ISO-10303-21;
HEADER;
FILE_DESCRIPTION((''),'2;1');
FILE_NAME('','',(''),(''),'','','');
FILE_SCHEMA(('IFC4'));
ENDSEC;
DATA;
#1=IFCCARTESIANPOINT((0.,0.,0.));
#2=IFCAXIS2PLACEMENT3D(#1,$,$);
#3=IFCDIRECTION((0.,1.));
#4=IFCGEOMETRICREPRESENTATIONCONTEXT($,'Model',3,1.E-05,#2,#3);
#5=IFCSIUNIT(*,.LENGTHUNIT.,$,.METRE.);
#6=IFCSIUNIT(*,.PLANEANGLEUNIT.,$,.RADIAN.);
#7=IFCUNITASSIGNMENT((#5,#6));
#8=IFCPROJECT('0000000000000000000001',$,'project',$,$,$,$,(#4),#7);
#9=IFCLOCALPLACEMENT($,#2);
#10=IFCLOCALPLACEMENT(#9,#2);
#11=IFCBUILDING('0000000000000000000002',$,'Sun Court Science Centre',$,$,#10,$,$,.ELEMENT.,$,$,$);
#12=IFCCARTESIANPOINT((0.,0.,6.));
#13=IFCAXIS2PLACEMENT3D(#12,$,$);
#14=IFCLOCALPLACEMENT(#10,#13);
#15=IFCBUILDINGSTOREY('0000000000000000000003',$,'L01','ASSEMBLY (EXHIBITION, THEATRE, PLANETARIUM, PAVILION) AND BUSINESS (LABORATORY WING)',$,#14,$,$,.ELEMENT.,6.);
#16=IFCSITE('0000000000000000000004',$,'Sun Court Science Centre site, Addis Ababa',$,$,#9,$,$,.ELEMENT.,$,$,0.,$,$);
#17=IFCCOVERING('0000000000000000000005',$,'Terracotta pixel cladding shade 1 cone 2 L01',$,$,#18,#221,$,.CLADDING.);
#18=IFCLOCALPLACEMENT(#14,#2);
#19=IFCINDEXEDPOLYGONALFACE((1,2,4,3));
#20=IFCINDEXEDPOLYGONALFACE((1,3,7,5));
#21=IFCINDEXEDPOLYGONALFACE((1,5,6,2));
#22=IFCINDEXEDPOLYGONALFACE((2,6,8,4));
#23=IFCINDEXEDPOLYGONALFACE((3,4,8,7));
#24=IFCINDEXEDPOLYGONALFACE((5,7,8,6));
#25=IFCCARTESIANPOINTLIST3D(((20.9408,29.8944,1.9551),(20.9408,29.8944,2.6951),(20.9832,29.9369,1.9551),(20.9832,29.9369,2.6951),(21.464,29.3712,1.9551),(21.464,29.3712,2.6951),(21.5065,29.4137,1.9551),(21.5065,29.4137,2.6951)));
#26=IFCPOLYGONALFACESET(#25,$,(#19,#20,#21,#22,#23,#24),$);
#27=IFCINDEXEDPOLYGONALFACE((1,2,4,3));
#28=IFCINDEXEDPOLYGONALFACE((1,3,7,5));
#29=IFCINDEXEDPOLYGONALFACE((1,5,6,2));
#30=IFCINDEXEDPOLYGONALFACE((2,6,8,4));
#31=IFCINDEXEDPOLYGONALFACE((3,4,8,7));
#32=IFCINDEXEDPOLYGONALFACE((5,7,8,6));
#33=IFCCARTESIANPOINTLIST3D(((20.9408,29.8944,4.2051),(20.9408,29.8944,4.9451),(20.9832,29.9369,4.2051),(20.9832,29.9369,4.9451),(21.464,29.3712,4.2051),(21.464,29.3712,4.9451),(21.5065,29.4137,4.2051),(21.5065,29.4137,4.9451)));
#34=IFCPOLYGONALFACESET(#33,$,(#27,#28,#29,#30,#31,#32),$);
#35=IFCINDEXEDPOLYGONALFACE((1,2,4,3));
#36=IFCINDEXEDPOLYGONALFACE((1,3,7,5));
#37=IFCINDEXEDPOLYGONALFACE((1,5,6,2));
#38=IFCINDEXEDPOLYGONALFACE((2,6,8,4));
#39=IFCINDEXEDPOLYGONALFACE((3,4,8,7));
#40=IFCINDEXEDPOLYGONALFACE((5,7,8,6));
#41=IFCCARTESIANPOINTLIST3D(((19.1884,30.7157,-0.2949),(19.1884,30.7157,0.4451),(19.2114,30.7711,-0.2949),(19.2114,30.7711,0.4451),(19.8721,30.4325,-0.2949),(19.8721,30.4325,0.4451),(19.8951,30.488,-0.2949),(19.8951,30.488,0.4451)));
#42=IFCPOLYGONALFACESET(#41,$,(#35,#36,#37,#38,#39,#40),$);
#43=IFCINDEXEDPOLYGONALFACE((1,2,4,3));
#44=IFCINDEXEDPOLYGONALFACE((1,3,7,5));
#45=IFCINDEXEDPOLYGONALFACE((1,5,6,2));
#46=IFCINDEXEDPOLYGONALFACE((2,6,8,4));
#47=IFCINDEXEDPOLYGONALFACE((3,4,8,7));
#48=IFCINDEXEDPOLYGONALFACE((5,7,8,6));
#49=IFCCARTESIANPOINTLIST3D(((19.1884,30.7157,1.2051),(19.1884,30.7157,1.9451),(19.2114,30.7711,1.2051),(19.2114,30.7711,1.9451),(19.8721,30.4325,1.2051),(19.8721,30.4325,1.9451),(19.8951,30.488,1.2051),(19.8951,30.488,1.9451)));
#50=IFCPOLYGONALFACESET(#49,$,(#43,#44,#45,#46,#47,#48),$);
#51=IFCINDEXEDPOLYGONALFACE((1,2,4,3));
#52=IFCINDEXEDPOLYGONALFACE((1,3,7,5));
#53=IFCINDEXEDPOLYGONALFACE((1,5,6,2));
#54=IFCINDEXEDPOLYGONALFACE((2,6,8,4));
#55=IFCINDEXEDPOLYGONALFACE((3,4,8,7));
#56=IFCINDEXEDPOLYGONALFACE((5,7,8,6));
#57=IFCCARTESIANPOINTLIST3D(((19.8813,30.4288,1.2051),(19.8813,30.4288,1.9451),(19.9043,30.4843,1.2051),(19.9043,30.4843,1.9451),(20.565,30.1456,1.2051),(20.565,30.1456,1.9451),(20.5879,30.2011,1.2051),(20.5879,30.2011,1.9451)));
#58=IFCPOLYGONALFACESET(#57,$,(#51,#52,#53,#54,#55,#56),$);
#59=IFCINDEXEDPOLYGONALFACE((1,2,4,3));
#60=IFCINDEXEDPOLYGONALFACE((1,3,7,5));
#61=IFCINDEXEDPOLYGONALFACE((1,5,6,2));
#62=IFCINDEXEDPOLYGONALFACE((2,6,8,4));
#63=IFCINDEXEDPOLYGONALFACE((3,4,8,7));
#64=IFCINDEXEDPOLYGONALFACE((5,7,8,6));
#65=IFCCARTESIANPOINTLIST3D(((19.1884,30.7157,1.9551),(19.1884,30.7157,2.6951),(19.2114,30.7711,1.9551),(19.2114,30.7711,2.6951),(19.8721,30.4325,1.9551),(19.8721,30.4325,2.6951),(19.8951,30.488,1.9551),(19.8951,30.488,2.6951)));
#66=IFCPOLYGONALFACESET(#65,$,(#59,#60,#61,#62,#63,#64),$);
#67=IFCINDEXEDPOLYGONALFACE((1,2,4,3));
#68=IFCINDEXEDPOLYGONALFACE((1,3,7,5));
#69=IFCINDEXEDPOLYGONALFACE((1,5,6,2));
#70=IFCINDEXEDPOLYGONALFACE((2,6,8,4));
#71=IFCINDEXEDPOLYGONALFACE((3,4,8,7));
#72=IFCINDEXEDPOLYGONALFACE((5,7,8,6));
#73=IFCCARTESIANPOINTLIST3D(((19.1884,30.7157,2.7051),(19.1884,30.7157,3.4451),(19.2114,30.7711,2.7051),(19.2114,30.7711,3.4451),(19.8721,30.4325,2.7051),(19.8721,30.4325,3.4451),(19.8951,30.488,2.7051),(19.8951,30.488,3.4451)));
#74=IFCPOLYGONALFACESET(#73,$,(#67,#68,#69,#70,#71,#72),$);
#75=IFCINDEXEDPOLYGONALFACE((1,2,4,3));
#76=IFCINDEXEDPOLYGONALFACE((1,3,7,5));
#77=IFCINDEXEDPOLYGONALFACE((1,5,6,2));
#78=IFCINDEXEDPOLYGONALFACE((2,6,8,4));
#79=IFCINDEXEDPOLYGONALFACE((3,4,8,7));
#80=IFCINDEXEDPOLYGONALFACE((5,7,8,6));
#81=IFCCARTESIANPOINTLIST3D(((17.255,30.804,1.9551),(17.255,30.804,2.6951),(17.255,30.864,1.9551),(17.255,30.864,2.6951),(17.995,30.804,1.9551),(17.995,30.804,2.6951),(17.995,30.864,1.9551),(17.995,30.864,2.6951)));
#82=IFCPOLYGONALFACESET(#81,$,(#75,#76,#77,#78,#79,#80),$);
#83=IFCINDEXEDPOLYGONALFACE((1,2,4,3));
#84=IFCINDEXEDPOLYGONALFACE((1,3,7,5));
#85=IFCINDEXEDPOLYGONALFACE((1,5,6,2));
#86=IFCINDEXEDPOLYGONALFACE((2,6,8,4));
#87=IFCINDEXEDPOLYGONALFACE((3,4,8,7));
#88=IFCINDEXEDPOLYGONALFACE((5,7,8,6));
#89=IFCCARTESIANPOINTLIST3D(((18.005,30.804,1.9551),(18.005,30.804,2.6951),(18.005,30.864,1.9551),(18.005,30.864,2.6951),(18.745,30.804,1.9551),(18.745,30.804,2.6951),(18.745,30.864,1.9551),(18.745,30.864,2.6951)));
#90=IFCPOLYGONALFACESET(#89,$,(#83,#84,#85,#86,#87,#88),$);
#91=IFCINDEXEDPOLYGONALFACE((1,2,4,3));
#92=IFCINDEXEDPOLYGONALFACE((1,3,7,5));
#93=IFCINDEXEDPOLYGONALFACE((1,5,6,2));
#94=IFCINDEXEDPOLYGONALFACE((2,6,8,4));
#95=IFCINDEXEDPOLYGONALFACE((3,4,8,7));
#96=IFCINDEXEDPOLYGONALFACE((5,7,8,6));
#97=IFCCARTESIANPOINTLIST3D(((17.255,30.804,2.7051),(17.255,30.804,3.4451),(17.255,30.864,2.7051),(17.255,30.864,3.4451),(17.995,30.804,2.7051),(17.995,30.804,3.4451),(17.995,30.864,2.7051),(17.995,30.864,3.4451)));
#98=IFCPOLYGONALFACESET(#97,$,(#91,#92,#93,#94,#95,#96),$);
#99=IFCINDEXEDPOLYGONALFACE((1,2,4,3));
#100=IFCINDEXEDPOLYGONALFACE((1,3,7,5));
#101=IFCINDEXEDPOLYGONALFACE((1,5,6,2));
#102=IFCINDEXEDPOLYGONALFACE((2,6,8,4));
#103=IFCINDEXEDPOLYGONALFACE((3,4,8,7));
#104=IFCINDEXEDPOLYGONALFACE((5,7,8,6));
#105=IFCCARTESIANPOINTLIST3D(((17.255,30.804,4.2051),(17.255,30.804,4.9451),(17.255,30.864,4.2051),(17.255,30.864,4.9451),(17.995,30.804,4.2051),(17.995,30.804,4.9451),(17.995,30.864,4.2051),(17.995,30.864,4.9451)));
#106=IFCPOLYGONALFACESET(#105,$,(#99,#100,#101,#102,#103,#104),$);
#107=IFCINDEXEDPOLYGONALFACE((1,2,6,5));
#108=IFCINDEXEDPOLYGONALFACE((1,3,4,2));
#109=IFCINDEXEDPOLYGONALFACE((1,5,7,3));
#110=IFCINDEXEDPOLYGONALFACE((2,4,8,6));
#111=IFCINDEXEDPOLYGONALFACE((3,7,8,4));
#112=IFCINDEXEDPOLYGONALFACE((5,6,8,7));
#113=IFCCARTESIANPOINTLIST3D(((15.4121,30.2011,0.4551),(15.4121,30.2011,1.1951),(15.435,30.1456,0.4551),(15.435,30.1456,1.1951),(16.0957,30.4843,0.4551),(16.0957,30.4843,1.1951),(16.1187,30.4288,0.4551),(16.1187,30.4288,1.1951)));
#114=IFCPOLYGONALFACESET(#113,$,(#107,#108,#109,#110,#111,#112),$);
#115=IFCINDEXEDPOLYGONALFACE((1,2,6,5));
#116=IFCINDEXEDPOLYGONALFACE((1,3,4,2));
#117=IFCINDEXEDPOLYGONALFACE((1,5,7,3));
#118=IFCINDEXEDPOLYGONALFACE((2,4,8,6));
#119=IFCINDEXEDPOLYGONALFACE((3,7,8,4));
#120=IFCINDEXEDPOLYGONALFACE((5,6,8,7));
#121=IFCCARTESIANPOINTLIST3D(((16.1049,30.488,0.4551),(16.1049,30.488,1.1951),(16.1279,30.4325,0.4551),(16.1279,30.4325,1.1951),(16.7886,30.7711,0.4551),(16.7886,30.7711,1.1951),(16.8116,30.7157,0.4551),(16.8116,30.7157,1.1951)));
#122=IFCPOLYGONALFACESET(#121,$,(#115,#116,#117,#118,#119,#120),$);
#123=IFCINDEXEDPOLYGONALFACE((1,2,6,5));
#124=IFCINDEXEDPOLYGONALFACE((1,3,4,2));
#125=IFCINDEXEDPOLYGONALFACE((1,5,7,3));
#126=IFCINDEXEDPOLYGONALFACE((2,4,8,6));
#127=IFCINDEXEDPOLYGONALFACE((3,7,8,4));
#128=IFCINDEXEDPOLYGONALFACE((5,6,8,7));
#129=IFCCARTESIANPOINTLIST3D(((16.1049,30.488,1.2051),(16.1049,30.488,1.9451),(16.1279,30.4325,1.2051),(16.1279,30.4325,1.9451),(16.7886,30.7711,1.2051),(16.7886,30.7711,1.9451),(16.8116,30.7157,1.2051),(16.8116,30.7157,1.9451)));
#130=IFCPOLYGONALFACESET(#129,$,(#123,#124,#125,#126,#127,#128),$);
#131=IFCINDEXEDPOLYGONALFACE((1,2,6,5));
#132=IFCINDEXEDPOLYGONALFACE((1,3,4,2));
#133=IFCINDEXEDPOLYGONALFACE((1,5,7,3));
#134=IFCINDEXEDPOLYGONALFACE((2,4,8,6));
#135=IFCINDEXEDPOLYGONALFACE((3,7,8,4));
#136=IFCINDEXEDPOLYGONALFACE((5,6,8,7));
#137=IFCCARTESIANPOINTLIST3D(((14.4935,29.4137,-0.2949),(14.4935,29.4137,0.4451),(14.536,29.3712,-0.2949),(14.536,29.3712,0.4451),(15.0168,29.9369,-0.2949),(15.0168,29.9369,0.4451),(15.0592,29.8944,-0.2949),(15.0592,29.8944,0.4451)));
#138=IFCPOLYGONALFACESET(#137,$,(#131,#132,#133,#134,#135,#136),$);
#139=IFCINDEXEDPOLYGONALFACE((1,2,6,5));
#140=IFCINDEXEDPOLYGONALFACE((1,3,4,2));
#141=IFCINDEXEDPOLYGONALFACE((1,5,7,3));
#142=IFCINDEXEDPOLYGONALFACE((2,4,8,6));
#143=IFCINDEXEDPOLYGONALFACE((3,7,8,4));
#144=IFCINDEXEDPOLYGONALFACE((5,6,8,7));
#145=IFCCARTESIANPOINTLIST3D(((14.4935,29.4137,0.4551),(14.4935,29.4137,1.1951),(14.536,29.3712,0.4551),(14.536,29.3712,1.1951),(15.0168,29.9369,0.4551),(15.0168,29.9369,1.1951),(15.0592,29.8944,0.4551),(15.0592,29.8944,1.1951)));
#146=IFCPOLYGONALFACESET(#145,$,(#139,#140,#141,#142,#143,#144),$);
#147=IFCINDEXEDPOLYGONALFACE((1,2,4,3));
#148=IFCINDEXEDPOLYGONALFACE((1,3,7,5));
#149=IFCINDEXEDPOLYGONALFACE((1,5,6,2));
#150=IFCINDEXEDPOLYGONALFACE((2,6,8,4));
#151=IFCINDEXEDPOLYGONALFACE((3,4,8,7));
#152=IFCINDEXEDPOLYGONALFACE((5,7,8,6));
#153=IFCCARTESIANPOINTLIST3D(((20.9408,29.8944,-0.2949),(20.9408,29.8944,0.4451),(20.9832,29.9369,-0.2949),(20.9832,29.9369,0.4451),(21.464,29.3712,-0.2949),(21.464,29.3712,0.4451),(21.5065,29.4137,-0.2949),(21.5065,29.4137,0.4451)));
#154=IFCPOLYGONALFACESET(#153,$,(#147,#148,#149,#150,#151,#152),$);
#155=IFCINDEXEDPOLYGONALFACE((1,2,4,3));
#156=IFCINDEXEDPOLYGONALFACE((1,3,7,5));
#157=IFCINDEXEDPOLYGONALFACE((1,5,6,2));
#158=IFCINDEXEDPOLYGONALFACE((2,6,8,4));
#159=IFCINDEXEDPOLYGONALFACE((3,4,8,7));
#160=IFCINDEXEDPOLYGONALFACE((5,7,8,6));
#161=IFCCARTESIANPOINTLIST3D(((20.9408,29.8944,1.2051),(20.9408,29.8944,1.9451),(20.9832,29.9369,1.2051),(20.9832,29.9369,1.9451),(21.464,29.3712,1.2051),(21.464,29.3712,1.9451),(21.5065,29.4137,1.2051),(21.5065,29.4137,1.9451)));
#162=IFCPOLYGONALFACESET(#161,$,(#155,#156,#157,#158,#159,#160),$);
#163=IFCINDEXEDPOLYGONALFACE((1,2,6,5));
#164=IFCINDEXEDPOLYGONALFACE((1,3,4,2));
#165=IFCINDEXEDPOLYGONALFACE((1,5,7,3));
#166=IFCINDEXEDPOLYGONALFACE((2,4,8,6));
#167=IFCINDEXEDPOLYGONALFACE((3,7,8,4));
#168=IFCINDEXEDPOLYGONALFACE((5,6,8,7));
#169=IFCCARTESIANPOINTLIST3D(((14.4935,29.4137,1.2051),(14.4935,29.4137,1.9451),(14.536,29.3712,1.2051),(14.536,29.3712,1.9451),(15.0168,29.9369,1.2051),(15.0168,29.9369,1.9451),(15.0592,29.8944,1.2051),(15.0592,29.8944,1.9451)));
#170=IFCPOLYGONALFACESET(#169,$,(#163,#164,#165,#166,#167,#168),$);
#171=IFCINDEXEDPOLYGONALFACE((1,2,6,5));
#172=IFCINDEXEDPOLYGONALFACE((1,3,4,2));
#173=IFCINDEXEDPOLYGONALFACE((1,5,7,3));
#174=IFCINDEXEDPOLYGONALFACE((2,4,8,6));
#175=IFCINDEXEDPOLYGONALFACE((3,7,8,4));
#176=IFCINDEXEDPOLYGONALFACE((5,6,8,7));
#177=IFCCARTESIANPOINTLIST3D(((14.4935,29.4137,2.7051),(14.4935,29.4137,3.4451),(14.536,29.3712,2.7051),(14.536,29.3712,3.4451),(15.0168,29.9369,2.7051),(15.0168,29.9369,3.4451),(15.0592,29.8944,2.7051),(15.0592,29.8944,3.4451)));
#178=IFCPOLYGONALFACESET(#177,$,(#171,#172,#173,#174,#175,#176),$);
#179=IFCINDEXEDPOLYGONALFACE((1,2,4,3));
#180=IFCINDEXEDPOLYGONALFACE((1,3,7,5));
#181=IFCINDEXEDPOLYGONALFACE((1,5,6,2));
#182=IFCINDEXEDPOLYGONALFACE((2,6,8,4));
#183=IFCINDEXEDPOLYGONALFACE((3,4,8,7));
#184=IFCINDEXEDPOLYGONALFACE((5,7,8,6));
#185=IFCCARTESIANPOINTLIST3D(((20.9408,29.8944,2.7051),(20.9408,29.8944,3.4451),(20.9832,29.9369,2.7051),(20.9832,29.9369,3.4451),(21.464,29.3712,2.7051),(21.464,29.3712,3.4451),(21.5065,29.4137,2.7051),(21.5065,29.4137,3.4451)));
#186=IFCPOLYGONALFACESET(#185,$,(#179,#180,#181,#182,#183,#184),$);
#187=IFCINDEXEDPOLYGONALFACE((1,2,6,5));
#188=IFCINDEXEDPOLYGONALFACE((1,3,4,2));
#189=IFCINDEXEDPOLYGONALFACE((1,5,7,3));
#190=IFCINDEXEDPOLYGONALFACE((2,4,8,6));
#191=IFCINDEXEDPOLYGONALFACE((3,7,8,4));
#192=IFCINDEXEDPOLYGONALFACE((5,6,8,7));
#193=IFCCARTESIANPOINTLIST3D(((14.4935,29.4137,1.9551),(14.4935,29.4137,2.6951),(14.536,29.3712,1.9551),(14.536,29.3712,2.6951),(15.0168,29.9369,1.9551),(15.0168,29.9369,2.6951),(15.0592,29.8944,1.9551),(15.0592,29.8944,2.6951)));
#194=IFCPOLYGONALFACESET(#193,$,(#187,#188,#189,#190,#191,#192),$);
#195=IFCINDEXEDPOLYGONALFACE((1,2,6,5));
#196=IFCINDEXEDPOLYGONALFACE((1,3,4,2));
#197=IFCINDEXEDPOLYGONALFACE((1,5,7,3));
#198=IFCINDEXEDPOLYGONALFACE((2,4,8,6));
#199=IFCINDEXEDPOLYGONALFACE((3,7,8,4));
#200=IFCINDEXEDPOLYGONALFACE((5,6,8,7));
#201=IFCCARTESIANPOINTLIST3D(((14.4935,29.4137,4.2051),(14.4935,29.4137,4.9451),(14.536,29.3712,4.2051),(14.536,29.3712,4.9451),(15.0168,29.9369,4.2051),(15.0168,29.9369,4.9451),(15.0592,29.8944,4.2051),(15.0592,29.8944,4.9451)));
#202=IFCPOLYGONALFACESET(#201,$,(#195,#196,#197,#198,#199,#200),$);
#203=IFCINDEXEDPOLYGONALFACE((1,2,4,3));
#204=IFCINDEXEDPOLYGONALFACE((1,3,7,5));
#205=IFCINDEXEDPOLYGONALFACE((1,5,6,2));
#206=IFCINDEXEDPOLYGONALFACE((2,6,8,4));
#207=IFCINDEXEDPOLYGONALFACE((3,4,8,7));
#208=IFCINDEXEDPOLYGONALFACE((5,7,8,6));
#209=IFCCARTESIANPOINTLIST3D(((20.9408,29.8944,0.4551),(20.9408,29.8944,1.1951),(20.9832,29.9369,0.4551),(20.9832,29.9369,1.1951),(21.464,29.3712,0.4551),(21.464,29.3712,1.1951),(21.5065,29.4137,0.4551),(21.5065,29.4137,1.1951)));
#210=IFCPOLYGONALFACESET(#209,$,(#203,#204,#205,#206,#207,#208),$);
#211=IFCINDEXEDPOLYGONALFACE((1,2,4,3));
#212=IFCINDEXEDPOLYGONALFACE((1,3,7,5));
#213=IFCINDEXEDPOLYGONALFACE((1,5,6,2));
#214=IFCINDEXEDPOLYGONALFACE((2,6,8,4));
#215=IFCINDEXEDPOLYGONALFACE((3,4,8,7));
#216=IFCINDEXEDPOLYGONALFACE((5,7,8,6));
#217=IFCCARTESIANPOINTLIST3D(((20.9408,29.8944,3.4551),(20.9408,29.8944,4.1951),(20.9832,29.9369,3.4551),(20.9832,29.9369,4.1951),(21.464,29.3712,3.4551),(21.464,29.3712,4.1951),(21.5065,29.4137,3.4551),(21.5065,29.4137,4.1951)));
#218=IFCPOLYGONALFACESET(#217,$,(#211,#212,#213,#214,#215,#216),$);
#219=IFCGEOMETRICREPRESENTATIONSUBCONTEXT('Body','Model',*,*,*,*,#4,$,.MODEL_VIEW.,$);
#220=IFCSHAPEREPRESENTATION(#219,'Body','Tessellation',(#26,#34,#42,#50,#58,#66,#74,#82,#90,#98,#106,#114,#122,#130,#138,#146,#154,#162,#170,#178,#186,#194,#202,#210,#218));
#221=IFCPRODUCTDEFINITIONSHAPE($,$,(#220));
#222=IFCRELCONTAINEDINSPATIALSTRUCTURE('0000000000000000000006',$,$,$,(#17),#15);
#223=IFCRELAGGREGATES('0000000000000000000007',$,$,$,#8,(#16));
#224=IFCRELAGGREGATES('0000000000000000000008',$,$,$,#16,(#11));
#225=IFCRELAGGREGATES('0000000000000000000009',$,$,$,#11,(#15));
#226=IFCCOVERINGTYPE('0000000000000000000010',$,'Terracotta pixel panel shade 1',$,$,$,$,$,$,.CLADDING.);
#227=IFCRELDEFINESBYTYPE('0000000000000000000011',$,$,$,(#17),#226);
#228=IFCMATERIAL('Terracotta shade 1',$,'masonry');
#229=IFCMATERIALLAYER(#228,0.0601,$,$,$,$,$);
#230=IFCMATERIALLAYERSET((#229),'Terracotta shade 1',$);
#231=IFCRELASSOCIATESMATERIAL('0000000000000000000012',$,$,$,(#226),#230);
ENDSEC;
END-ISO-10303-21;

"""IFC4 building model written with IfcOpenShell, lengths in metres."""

from ifc_helpers import new_model, si_unit, direction, frame, origin, origin_2d, place, context, subcontext, project, spatial, rectangle, extrude, material, layer, layer_set, type_object, element, save


model = new_model("IFC4")

# Units and contexts
model_context = context("Model", 3, precision=1e-05, world=origin(), true_north=direction((0.0, 1.0)))
body_context = subcontext(model_context, "Body", "Model", "MODEL_VIEW")
ifc_project = project(units=[si_unit("LENGTHUNIT", "METRE"), si_unit("PLANEANGLEUNIT", "RADIAN")], contexts=[model_context])

# Site, building, storey
site_placement = place(None, origin())
site = spatial("IfcSite", under=ifc_project, at=site_placement, Name="Sun Court Science Centre site, Addis Ababa", CompositionType="ELEMENT", RefElevation=0.0)
building_placement = place(site_placement, origin())
building = spatial("IfcBuilding", under=site, at=building_placement, Name="Sun Court Science Centre", CompositionType="ELEMENT")
storey_placement = place(building_placement, frame((0.0, 0.0, 6.0)))
storey = spatial("IfcBuildingStorey", under=building, at=storey_placement, Name="L01", Description="ASSEMBLY (EXHIBITION, THEATRE, PLANETARIUM, PAVILION) AND BUSINESS (LABORATORY WING)", CompositionType="ELEMENT", Elevation=6.0)

# Covering
ifc_material_1 = material(Name="Terracotta shade 1", Category="masonry")
ifc_layer_1 = layer(ifc_material_1, 0.0601)
ifc_layer_set_1 = layer_set([ifc_layer_1], Name="Terracotta shade 1")
covering_type_1 = type_object("IfcCoveringType", Name="Terracotta pixel panel shade 1", PredefinedType="CLADDING", material=ifc_layer_set_1)
covering_1_placement = place(storey_placement, frame((0.0, 0.0, -6.0)))
element("IfcCovering", 1, at=covering_1_placement, inside=storey, type_object=covering_type_1, Name="Terracotta pixel cladding shade 1 cone 2 L01", PredefinedType="CLADDING", context=body_context, shape_type="SweptSolid", body=[
    extrude(rectangle(XDim=0.74, YDim=0.0601, at=origin_2d()), frame((21.2236, 29.6541, 7.9551), z_axis=(0.0, 0.0, 1.0), x_axis=(0.707107, -0.707107, 0.0)), (0.0, 0.0, 1.0), 0.74),
    extrude(rectangle(XDim=0.74, YDim=0.0601, at=origin_2d()), frame((21.2236, 29.6541, 10.2051), z_axis=(0.0, 0.0, 1.0), x_axis=(0.707107, -0.707107, 0.0)), (0.0, 0.0, 1.0), 0.74),
    extrude(rectangle(XDim=0.74, YDim=0.0601, at=origin_2d()), frame((19.5417, 30.6018, 5.7051), z_axis=(0.0, 0.0, 1.0), x_axis=(0.92388, -0.382683, 0.0)), (0.0, 0.0, 1.0), 0.74),
    extrude(rectangle(XDim=0.74, YDim=0.0601, at=origin_2d()), frame((19.5417, 30.6018, 7.2051), z_axis=(0.0, 0.0, 1.0), x_axis=(0.92388, -0.382683, 0.0)), (0.0, 0.0, 1.0), 0.74),
    extrude(rectangle(XDim=0.74, YDim=0.0601, at=origin_2d()), frame((20.2346, 30.3149, 7.2051), z_axis=(0.0, 0.0, 1.0), x_axis=(0.92388, -0.382683, 0.0)), (0.0, 0.0, 1.0), 0.74),
    extrude(rectangle(XDim=0.74, YDim=0.0601, at=origin_2d()), frame((19.5417, 30.6018, 7.9551), z_axis=(0.0, 0.0, 1.0), x_axis=(0.92388, -0.382683, 0.0)), (0.0, 0.0, 1.0), 0.74),
    extrude(rectangle(XDim=0.74, YDim=0.0601, at=origin_2d()), frame((19.5417, 30.6018, 8.7051), z_axis=(0.0, 0.0, 1.0), x_axis=(0.92388, -0.382683, 0.0)), (0.0, 0.0, 1.0), 0.74),
    extrude(rectangle(XDim=0.74, YDim=0.0601, at=origin_2d()), frame((17.625, 30.834, 7.9551), z_axis=(0.0, 0.0, 1.0), x_axis=(1.0, 0.0, 0.0)), (0.0, 0.0, 1.0), 0.74),
    extrude(rectangle(XDim=0.74, YDim=0.0601, at=origin_2d()), frame((18.375, 30.834, 7.9551), z_axis=(0.0, 0.0, 1.0), x_axis=(1.0, 0.0, 0.0)), (0.0, 0.0, 1.0), 0.74),
    extrude(rectangle(XDim=0.74, YDim=0.0601, at=origin_2d()), frame((17.625, 30.834, 8.7051), z_axis=(0.0, 0.0, 1.0), x_axis=(1.0, 0.0, 0.0)), (0.0, 0.0, 1.0), 0.74),
    extrude(rectangle(XDim=0.74, YDim=0.0601, at=origin_2d()), frame((17.625, 30.834, 10.2051), z_axis=(0.0, 0.0, 1.0), x_axis=(1.0, 0.0, 0.0)), (0.0, 0.0, 1.0), 0.74),
    extrude(rectangle(XDim=0.74, YDim=0.0601, at=origin_2d()), frame((15.7654, 30.3149, 6.4551), z_axis=(0.0, 0.0, 1.0), x_axis=(0.92388, 0.382683, 0.0)), (0.0, 0.0, 1.0), 0.74),
    extrude(rectangle(XDim=0.74, YDim=0.0601, at=origin_2d()), frame((16.4583, 30.6018, 6.4551), z_axis=(0.0, 0.0, 1.0), x_axis=(0.92388, 0.382683, 0.0)), (0.0, 0.0, 1.0), 0.74),
    extrude(rectangle(XDim=0.74, YDim=0.0601, at=origin_2d()), frame((16.4583, 30.6018, 7.2051), z_axis=(0.0, 0.0, 1.0), x_axis=(0.92388, 0.382683, 0.0)), (0.0, 0.0, 1.0), 0.74),
    extrude(rectangle(XDim=0.74, YDim=0.0601, at=origin_2d()), frame((14.7764, 29.6541, 5.7051), z_axis=(0.0, 0.0, 1.0), x_axis=(0.707107, 0.707107, 0.0)), (0.0, 0.0, 1.0), 0.74),
    extrude(rectangle(XDim=0.74, YDim=0.0601, at=origin_2d()), frame((14.7764, 29.6541, 6.4551), z_axis=(0.0, 0.0, 1.0), x_axis=(0.707107, 0.707107, 0.0)), (0.0, 0.0, 1.0), 0.74),
    extrude(rectangle(XDim=0.74, YDim=0.0601, at=origin_2d()), frame((21.2236, 29.6541, 5.7051), z_axis=(0.0, 0.0, 1.0), x_axis=(0.707107, -0.707107, 0.0)), (0.0, 0.0, 1.0), 0.74),
    extrude(rectangle(XDim=0.74, YDim=0.0601, at=origin_2d()), frame((21.2236, 29.6541, 7.2051), z_axis=(0.0, 0.0, 1.0), x_axis=(0.707107, -0.707107, 0.0)), (0.0, 0.0, 1.0), 0.74),
    extrude(rectangle(XDim=0.74, YDim=0.0601, at=origin_2d()), frame((14.7764, 29.6541, 7.2051), z_axis=(0.0, 0.0, 1.0), x_axis=(0.707107, 0.707107, 0.0)), (0.0, 0.0, 1.0), 0.74),
    extrude(rectangle(XDim=0.74, YDim=0.0601, at=origin_2d()), frame((14.7764, 29.6541, 8.7051), z_axis=(0.0, 0.0, 1.0), x_axis=(0.707107, 0.707107, 0.0)), (0.0, 0.0, 1.0), 0.74),
    extrude(rectangle(XDim=0.74, YDim=0.0601, at=origin_2d()), frame((21.2236, 29.6541, 8.7051), z_axis=(0.0, 0.0, 1.0), x_axis=(0.707107, -0.707107, 0.0)), (0.0, 0.0, 1.0), 0.74),
    extrude(rectangle(XDim=0.74, YDim=0.0601, at=origin_2d()), frame((14.7764, 29.6541, 7.9551), z_axis=(0.0, 0.0, 1.0), x_axis=(0.707107, 0.707107, 0.0)), (0.0, 0.0, 1.0), 0.74),
    extrude(rectangle(XDim=0.74, YDim=0.0601, at=origin_2d()), frame((14.7764, 29.6541, 10.2051), z_axis=(0.0, 0.0, 1.0), x_axis=(0.707107, 0.707107, 0.0)), (0.0, 0.0, 1.0), 0.74),
    extrude(rectangle(XDim=0.74, YDim=0.0601, at=origin_2d()), frame((21.2236, 29.6541, 6.4551), z_axis=(0.0, 0.0, 1.0), x_axis=(0.707107, -0.707107, 0.0)), (0.0, 0.0, 1.0), 0.74),
    extrude(rectangle(XDim=0.74, YDim=0.0601, at=origin_2d()), frame((21.2236, 29.6541, 9.4551), z_axis=(0.0, 0.0, 1.0), x_axis=(0.707107, -0.707107, 0.0)), (0.0, 0.0, 1.0), 0.74),
])

save(model, "model.ifc")
